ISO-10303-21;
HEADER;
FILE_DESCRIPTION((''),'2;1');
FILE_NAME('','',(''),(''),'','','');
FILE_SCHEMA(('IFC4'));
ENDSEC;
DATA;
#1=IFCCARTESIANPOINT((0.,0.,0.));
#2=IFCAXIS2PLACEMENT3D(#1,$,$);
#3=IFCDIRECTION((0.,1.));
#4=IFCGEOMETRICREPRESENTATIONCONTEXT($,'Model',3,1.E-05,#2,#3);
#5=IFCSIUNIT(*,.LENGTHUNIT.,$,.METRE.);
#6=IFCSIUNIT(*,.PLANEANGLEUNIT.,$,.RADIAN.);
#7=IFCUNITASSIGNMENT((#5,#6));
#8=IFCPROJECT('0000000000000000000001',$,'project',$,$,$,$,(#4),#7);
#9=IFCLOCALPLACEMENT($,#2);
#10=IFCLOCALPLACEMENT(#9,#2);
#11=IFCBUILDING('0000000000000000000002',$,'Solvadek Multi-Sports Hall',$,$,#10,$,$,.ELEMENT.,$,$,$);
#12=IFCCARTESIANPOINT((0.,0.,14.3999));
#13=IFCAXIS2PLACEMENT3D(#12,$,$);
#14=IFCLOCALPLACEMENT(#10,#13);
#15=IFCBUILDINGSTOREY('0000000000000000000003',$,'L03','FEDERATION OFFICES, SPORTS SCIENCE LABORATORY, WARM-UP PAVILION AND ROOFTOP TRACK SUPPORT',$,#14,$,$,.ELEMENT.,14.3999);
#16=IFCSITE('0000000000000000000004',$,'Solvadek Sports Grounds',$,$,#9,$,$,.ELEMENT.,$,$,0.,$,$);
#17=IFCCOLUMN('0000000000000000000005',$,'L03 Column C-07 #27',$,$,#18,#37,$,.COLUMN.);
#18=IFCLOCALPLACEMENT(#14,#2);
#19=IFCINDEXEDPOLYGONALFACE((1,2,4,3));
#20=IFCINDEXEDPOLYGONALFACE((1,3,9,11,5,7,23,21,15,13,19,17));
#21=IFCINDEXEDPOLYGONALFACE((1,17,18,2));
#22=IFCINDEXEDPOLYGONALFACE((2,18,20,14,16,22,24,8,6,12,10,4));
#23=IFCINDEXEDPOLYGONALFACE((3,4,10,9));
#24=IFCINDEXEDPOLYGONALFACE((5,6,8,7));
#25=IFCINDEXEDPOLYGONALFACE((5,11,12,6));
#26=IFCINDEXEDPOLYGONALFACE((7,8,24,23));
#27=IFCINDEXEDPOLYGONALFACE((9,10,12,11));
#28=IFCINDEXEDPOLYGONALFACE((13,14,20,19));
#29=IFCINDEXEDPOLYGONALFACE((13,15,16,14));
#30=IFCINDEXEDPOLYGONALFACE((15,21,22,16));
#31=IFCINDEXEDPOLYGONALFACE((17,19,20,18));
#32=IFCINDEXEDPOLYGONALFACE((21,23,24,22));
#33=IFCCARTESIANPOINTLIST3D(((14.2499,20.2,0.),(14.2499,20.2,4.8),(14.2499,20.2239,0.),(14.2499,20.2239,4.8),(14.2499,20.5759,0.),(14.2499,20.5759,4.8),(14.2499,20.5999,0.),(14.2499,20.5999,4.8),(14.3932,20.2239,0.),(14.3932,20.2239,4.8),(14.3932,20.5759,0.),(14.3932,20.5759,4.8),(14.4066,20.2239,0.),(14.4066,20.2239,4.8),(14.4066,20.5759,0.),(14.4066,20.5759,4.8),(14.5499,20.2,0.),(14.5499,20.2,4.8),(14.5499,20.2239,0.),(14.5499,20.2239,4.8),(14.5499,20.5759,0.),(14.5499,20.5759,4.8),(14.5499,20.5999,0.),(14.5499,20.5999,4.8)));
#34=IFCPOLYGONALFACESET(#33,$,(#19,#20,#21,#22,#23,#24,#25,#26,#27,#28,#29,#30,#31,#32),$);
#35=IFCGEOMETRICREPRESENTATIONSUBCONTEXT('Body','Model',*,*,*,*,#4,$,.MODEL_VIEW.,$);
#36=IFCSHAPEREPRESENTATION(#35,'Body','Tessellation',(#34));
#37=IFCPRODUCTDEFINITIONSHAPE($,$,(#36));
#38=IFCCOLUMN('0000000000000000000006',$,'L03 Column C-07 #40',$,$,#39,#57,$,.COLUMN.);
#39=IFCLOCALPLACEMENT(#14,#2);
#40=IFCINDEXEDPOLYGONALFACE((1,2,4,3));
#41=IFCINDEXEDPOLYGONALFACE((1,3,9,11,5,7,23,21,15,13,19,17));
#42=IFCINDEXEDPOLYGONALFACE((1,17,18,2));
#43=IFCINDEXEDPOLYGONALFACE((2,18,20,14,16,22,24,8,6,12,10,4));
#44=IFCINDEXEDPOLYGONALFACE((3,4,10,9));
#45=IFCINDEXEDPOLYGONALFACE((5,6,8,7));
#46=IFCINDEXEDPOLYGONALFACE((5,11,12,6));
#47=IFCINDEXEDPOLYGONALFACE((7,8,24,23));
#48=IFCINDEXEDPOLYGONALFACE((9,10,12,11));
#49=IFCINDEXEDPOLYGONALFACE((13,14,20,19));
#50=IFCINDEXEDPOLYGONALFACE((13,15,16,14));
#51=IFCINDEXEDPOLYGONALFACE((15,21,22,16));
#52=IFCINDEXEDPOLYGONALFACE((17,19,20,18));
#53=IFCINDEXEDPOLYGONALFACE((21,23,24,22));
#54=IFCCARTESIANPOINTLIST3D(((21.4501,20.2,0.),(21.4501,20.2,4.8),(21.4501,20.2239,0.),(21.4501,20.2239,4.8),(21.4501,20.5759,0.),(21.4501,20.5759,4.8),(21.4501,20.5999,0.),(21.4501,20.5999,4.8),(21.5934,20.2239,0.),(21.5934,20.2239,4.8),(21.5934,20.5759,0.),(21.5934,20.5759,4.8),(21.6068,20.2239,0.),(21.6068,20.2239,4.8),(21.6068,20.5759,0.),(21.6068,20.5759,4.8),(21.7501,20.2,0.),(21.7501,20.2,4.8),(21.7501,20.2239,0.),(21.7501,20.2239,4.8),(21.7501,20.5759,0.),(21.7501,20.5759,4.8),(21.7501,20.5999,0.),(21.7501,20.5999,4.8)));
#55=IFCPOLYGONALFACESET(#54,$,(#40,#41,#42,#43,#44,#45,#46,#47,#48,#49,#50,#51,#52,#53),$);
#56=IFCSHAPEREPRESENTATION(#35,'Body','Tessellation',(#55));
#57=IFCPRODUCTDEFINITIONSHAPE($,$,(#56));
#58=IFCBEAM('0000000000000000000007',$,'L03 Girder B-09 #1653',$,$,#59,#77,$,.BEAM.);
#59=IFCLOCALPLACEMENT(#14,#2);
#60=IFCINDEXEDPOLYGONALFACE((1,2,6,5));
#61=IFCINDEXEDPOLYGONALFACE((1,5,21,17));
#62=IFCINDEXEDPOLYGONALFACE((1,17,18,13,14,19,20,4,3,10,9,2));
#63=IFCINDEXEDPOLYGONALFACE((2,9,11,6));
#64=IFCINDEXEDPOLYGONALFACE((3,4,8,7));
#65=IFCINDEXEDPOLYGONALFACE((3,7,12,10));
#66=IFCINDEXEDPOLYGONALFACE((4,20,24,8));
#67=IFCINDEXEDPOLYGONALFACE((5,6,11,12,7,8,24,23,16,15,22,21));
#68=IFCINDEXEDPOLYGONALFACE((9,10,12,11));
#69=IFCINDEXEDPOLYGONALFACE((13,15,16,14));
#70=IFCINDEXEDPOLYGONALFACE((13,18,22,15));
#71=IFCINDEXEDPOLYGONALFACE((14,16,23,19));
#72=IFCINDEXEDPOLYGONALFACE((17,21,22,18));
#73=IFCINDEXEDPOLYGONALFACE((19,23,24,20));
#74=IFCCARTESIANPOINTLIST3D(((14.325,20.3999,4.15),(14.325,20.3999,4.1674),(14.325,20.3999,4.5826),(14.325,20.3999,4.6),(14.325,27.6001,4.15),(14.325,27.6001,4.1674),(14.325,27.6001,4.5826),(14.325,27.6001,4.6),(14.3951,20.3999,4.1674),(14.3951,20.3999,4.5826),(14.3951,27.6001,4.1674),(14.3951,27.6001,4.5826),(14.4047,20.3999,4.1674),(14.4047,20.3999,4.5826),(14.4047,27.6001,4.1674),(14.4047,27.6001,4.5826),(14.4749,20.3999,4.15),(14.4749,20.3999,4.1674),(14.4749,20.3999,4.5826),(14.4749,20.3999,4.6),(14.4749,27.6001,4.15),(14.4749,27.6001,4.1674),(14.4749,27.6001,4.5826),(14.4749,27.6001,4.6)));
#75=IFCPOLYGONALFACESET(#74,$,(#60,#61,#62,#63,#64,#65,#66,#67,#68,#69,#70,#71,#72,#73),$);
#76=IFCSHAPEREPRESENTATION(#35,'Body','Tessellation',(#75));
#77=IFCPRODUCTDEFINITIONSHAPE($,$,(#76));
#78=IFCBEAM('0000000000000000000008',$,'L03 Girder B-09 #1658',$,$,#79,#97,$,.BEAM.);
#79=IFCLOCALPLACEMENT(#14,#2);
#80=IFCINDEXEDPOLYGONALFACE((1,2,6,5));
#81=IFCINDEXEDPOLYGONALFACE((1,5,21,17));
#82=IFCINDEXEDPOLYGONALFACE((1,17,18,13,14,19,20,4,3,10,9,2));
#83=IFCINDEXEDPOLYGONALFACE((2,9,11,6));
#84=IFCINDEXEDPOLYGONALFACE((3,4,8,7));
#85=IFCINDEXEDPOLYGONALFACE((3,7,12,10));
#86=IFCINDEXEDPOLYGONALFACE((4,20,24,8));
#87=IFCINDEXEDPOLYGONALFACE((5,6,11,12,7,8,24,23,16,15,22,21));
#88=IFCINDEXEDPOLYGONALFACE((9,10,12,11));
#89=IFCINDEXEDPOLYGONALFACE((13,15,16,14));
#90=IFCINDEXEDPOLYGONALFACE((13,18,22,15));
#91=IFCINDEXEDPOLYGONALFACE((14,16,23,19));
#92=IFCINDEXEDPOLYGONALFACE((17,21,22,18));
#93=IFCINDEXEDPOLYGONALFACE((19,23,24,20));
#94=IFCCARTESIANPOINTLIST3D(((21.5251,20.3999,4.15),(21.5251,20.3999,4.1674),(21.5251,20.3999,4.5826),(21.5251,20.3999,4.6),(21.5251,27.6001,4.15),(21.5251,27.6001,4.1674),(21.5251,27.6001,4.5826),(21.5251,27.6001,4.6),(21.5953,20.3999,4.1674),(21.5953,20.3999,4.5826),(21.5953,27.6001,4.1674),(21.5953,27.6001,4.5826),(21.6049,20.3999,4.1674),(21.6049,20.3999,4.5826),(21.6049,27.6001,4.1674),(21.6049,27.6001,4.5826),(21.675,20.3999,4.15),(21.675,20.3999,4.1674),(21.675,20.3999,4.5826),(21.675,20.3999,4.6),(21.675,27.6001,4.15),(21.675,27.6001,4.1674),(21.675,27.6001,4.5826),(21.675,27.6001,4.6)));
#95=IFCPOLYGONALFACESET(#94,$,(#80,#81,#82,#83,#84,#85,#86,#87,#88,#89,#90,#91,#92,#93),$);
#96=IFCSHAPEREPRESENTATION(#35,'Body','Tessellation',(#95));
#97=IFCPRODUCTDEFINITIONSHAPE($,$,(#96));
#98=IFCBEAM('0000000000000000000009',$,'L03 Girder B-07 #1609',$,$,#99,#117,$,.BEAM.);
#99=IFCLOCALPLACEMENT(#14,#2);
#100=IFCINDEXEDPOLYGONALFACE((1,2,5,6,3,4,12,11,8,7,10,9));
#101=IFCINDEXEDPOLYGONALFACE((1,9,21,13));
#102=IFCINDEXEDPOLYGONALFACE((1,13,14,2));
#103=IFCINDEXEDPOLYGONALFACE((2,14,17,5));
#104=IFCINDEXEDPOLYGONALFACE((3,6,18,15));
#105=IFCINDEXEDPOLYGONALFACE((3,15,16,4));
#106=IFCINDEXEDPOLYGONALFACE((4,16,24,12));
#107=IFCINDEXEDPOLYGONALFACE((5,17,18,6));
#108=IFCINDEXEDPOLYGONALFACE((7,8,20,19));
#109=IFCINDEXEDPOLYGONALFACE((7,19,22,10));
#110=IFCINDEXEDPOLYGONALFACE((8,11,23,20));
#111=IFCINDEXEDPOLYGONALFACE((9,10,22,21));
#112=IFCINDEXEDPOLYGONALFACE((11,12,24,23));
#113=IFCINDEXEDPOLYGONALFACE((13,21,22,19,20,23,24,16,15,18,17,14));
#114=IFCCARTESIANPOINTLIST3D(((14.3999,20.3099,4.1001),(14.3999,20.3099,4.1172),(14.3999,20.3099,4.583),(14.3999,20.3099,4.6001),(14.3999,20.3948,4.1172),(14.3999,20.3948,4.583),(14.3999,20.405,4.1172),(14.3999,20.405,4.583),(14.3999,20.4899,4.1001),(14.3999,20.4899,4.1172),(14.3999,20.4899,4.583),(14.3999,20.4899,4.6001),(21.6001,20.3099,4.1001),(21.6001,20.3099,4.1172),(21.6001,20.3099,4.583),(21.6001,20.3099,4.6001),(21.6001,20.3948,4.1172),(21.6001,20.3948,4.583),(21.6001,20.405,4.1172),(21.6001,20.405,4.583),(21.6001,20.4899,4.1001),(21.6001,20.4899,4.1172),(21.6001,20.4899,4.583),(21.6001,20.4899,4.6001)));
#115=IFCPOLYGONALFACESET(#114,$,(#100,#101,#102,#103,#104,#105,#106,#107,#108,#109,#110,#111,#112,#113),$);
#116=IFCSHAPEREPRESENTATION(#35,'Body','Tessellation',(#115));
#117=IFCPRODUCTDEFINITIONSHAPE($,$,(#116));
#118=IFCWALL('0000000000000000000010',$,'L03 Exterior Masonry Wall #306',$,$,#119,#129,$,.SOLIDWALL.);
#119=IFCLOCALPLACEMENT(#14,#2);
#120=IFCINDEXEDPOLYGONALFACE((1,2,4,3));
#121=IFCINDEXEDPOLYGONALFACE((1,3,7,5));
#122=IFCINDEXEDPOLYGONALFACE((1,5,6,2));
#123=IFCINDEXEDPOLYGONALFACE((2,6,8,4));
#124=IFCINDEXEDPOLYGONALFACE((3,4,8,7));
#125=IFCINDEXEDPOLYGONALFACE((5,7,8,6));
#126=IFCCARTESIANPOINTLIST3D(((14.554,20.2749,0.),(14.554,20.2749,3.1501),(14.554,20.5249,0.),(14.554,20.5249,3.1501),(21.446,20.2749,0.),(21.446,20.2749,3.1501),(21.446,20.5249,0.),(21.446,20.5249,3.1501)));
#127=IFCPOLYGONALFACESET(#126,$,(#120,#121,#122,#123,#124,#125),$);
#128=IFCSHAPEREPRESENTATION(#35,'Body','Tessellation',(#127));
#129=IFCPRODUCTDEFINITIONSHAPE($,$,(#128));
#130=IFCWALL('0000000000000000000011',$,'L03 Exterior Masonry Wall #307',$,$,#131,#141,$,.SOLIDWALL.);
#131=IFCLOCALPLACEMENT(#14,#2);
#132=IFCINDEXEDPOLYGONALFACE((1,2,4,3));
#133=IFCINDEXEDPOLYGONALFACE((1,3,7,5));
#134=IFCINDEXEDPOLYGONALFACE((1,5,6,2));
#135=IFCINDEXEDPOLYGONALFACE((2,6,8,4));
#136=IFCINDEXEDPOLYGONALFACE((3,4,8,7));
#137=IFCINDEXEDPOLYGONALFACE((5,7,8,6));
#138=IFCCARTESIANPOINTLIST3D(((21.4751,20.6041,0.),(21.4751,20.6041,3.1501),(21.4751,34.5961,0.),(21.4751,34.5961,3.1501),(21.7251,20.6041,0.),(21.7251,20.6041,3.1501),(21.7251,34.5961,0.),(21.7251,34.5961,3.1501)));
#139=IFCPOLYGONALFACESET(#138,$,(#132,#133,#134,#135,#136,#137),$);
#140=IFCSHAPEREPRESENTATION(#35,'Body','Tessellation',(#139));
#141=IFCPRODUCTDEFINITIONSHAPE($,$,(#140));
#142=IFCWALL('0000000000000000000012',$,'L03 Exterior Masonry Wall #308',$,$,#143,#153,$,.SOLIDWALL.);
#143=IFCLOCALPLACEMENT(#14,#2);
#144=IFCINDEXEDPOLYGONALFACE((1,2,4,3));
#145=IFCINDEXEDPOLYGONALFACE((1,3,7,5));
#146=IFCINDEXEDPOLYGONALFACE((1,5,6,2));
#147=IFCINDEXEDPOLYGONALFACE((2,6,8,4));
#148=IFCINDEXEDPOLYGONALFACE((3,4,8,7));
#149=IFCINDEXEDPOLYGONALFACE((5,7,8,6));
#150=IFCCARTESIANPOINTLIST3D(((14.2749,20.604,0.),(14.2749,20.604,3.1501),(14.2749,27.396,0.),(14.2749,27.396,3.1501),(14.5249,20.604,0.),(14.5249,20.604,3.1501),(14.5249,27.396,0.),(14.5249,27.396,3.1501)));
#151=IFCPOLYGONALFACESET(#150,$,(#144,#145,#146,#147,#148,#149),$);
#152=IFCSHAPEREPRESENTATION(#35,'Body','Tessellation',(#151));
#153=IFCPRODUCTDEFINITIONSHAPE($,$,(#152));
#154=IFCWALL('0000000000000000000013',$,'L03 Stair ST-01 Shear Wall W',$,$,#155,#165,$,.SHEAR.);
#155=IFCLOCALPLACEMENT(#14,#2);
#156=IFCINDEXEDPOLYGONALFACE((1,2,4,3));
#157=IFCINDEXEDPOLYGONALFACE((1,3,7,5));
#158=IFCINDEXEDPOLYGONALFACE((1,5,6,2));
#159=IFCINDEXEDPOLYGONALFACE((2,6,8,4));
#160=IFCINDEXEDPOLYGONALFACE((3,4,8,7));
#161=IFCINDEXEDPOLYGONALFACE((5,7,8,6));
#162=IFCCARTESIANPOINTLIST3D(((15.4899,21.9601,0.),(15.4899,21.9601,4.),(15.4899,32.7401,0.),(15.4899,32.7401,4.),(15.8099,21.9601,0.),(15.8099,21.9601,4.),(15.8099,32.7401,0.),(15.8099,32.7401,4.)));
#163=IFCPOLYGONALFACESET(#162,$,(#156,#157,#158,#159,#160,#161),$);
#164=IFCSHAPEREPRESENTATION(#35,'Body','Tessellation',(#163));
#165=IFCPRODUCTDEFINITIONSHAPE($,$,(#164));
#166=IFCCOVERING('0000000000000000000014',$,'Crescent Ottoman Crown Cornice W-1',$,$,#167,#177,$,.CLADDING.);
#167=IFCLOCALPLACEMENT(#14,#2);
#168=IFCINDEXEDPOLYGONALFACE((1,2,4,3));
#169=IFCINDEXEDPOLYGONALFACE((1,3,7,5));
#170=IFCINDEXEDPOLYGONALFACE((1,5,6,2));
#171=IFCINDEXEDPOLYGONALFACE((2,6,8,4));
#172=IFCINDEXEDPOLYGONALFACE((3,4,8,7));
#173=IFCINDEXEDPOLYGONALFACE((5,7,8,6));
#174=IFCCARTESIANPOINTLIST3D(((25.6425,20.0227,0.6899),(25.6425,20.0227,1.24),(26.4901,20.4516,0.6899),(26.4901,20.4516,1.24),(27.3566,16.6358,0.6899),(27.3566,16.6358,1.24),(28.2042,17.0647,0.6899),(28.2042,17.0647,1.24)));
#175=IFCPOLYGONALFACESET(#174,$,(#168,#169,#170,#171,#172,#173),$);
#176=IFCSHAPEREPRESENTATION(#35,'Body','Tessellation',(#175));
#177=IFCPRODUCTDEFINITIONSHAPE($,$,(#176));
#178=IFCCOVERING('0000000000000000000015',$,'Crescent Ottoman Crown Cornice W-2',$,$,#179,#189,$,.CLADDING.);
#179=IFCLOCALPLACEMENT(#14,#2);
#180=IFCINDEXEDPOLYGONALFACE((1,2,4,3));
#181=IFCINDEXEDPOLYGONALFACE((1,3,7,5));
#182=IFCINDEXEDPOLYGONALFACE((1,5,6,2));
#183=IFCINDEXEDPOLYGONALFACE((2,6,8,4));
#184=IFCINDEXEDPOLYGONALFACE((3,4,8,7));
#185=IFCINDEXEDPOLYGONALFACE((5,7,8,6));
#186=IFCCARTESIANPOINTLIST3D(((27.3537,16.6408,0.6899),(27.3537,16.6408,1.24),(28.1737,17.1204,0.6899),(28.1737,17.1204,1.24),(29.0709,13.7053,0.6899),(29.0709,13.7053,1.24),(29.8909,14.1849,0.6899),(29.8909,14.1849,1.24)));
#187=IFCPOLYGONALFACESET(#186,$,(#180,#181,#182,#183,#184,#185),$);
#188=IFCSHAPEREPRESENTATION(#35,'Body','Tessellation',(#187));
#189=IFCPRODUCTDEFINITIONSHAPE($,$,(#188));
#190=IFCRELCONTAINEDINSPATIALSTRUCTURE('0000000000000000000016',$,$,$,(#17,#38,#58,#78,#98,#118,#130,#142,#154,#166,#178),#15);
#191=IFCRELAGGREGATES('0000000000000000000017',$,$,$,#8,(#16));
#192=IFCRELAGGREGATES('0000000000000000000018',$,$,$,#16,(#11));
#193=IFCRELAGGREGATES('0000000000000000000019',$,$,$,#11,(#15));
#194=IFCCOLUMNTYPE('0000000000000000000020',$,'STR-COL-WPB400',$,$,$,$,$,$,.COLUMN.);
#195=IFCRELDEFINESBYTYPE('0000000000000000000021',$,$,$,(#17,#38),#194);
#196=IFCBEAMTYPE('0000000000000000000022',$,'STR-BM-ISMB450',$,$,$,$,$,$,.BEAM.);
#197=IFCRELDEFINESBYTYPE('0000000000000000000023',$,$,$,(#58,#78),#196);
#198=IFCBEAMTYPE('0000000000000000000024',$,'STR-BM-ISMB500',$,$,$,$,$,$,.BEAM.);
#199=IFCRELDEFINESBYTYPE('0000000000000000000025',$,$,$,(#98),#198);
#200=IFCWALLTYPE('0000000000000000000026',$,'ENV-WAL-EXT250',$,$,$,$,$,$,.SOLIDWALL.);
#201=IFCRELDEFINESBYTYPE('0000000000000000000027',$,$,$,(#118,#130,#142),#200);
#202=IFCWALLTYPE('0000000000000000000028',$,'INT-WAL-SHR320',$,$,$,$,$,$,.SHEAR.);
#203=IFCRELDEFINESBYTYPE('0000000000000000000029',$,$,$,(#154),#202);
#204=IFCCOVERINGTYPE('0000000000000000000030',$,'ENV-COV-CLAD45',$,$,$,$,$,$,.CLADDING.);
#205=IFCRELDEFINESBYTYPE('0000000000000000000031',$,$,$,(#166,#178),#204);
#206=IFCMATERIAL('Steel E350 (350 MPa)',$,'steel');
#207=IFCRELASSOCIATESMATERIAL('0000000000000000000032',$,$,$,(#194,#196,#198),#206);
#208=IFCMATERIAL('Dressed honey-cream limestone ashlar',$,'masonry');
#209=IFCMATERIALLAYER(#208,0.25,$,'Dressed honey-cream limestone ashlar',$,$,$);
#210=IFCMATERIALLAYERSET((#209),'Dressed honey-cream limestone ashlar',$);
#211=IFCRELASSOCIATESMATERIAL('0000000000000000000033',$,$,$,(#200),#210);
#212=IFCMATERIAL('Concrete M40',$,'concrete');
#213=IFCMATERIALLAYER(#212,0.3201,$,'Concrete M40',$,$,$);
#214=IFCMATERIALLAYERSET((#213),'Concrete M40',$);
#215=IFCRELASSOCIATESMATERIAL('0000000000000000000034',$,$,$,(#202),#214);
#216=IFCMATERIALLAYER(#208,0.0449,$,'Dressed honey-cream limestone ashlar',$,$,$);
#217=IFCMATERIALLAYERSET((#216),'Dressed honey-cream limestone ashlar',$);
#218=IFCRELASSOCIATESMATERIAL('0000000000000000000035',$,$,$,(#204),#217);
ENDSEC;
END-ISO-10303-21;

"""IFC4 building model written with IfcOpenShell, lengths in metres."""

from ifc_helpers import new_model, si_unit, direction, frame, frame_2d, origin, origin_2d, place, context, subcontext, project, spatial, rectangle, i_section, extrude, material, layer, layer_set, material_profile, profile_set, type_object, element, save


model = new_model("IFC4")

# Units and contexts
model_context = context("Model", 3, precision=1e-05, world=origin(), true_north=direction((0.0, 1.0)))
body_context = subcontext(model_context, "Body", "Model", "MODEL_VIEW")
ifc_project = project(units=[si_unit("LENGTHUNIT", "METRE"), si_unit("PLANEANGLEUNIT", "RADIAN")], contexts=[model_context])

# Site, building, storey
site_placement = place(None, origin())
site = spatial("IfcSite", under=ifc_project, at=site_placement, Name="Solvadek Sports Grounds", CompositionType="ELEMENT", RefElevation=0.0)
building_placement = place(site_placement, origin())
building = spatial("IfcBuilding", under=site, at=building_placement, Name="Solvadek Multi-Sports Hall", CompositionType="ELEMENT")
storey_placement = place(building_placement, frame((0.0, 0.0, 14.3999)))
storey = spatial("IfcBuildingStorey", under=building, at=storey_placement, Name="L03", Description="FEDERATION OFFICES, SPORTS SCIENCE LABORATORY, WARM-UP PAVILION AND ROOFTOP TRACK SUPPORT", CompositionType="ELEMENT", Elevation=14.3999)

# Columns
ifc_material_1 = material(Name="Steel E350 (350 MPa)", Category="steel")
ifc_material_profile_1 = material_profile(ifc_material_1, i_section(OverallWidth=0.3, OverallDepth=0.3999, WebThickness=0.0134, FlangeThickness=0.0239, at=origin_2d()), Name="WPB 400")
ifc_profile_set_1 = profile_set([ifc_material_profile_1], Name="Steel E350 (350 MPa)")
column_type = type_object("IfcColumnType", Name="STR-COL-WPB400", PredefinedType="COLUMN", material=ifc_profile_set_1)
for number, where, z_axis, x_axis, name in (
    (1, (14.3999, 20.3999, 0.0), (0.0, 0.0, 1.0), (1.0, 0.0, 0.0), "L03 Column C-07 #27"),
    (2, (21.6001, 20.3999, 0.0), (0.0, 0.0, 1.0), (1.0, 0.0, 0.0), "L03 Column C-07 #40"),
):
    element("IfcColumn", number, at=place(storey_placement, frame(where, z_axis=z_axis, x_axis=x_axis)), inside=storey, type_object=column_type, Name=name, PredefinedType="COLUMN", context=body_context, shape_type="SweptSolid", body=[
        extrude(i_section(OverallWidth=0.3, OverallDepth=0.3999, WebThickness=0.0134, FlangeThickness=0.0239, at=origin_2d()), origin(), (0.0, 0.0, 1.0), 4.8),
    ])

# Beams
ifc_material_profile_2 = material_profile(ifc_material_1, i_section(OverallWidth=0.1499, OverallDepth=0.45, WebThickness=0.0095, FlangeThickness=0.0173, at=origin_2d()), Name="ISMB 450")
ifc_profile_set_2 = profile_set([ifc_material_profile_2], Name="Steel E350 (350 MPa)")
beam_type_1 = type_object("IfcBeamType", Name="STR-BM-ISMB450", PredefinedType="BEAM", material=ifc_profile_set_2)
for number, where, z_axis, x_axis, name in (
    (3, (14.3999, 20.3999, 4.375), (0.0, 1.0, 0.0), (-1.0, 0.0, 0.0), "L03 Girder B-09 #1653"),
    (4, (21.6001, 20.3999, 4.375), (0.0, 1.0, 0.0), (-1.0, 0.0, 0.0), "L03 Girder B-09 #1658"),
):
    element("IfcBeam", number, at=place(storey_placement, frame(where, z_axis=z_axis, x_axis=x_axis)), inside=storey, type_object=beam_type_1, Name=name, PredefinedType="BEAM", context=body_context, shape_type="SweptSolid", body=[
        extrude(i_section(OverallWidth=0.1499, OverallDepth=0.45, WebThickness=0.0095, FlangeThickness=0.0173, at=origin_2d()), origin(), (0.0, 0.0, 1.0), 7.2002),
    ])
ifc_material_profile_3 = material_profile(ifc_material_1, i_section(OverallWidth=0.1799, OverallDepth=0.5, WebThickness=0.0103, FlangeThickness=0.0171, at=origin_2d()), Name="ISMB 500")
ifc_profile_set_3 = profile_set([ifc_material_profile_3], Name="Steel E350 (350 MPa)")
beam_type_2 = type_object("IfcBeamType", Name="STR-BM-ISMB500", PredefinedType="BEAM", material=ifc_profile_set_3)
beam_placement = place(storey_placement, frame((14.3999, 20.3999, 4.3501), z_axis=(1.0, 0.0, 0.0), x_axis=(0.0, 1.0, 0.0)))
element("IfcBeam", 5, at=beam_placement, inside=storey, type_object=beam_type_2, Name="L03 Girder B-07 #1609", PredefinedType="BEAM", context=body_context, shape_type="SweptSolid", body=[
    extrude(i_section(OverallWidth=0.1799, OverallDepth=0.5, WebThickness=0.0103, FlangeThickness=0.0171, at=origin_2d()), origin(), (0.0, 0.0, 1.0), 7.2002),
])

# Walls
ifc_material_2 = material(Name="Dressed honey-cream limestone ashlar", Category="masonry")
ifc_layer_1 = layer(ifc_material_2, 0.25, Name="Dressed honey-cream limestone ashlar")
ifc_layer_set_1 = layer_set([ifc_layer_1], Name="Dressed honey-cream limestone ashlar")
wall_type_1 = type_object("IfcWallType", Name="ENV-WAL-EXT250", PredefinedType="SOLIDWALL", material=ifc_layer_set_1)
wall_1_placement = place(storey_placement, frame((14.554, 20.3999, 0.0), z_axis=(0.0, 0.0, 1.0), x_axis=(1.0, 0.0, 0.0)))
element("IfcWall", 6, at=wall_1_placement, inside=storey, type_object=wall_type_1, Name="L03 Exterior Masonry Wall #306", PredefinedType="SOLIDWALL", context=body_context, shape_type="SweptSolid", body=[
    extrude(rectangle(XDim=6.8921, YDim=0.25, at=frame_2d((3.446, 0.0))), origin(), (0.0, 0.0, 1.0), 3.1501),
])
wall_2_placement = place(storey_placement, frame((21.6001, 20.604, 0.0), z_axis=(0.0, 0.0, 1.0), x_axis=(0.0, 1.0, 0.0)))
element("IfcWall", 7, at=wall_2_placement, inside=storey, type_object=wall_type_1, Name="L03 Exterior Masonry Wall #307", PredefinedType="SOLIDWALL", context=body_context, shape_type="SweptSolid", body=[
    extrude(rectangle(XDim=13.9919, YDim=0.25, at=frame_2d((6.9961, 0.0))), origin(), (0.0, 0.0, 1.0), 3.1501),
])
wall_3_placement = place(storey_placement, frame((14.3999, 20.604, 0.0), z_axis=(0.0, 0.0, 1.0), x_axis=(0.0, 1.0, 0.0)))
element("IfcWall", 8, at=wall_3_placement, inside=storey, type_object=wall_type_1, Name="L03 Exterior Masonry Wall #308", PredefinedType="SOLIDWALL", context=body_context, shape_type="SweptSolid", body=[
    extrude(rectangle(XDim=6.792, YDim=0.25, at=frame_2d((3.396, 0.0))), origin(), (0.0, 0.0, 1.0), 3.1501),
])

# Shared definitions
ifc_material_3 = material(Name="Concrete M40", Category="concrete")
ifc_layer_2 = layer(ifc_material_3, 0.3201, Name="Concrete M40")
ifc_layer_set_2 = layer_set([ifc_layer_2], Name="Concrete M40")
wall_type_2 = type_object("IfcWallType", Name="INT-WAL-SHR320", PredefinedType="SHEAR", material=ifc_layer_set_2)

# Wall
wall_4_placement = place(storey_placement, frame((15.6499, 21.96, 0.0), z_axis=(0.0, 0.0, 1.0), x_axis=(0.0, 1.0, 0.0)))
element("IfcWall", 9, at=wall_4_placement, inside=storey, type_object=wall_type_2, Name="L03 Stair ST-01 Shear Wall W", PredefinedType="SHEAR", context=body_context, shape_type="SweptSolid", body=[
    extrude(rectangle(XDim=10.78, YDim=0.3201, at=frame_2d((5.3901, 0.0))), origin(), (0.0, 0.0, 1.0), 4.0),
])

# Coverings
ifc_layer_3 = layer(ifc_material_2, 0.0449, Name="Dressed honey-cream limestone ashlar")
ifc_layer_set_3 = layer_set([ifc_layer_3], Name="Dressed honey-cream limestone ashlar")
covering_type = type_object("IfcCoveringType", Name="ENV-COV-CLAD45", PredefinedType="CLADDING", material=ifc_layer_set_3)
covering_1_placement = place(storey_placement, frame((26.9233, 18.5437, 0.6899), z_axis=(0.0, 0.0, 1.0), x_axis=(0.451555, -0.892243, 0.0)))
element("IfcCovering", 10, at=covering_1_placement, inside=storey, type_object=covering_type, Name="Crescent Ottoman Crown Cornice W-1", PredefinedType="CLADDING", context=body_context, shape_type="SweptSolid", body=[
    extrude(rectangle(XDim=3.7959, YDim=0.95, at=origin_2d()), origin(), (0.0, 0.0, 1.0), 0.55),
])
covering_2_placement = place(storey_placement, frame((28.6223, 15.4128, 0.6899), z_axis=(0.0, 0.0, 1.0), x_axis=(0.504933, -0.863158, 0.0)))
element("IfcCovering", 11, at=covering_2_placement, inside=storey, type_object=covering_type, Name="Crescent Ottoman Crown Cornice W-2", PredefinedType="CLADDING", context=body_context, shape_type="SweptSolid", body=[
    extrude(rectangle(XDim=3.4009, YDim=0.95, at=origin_2d()), origin(), (0.0, 0.0, 1.0), 0.55),
])

save(model, "model.ifc")
